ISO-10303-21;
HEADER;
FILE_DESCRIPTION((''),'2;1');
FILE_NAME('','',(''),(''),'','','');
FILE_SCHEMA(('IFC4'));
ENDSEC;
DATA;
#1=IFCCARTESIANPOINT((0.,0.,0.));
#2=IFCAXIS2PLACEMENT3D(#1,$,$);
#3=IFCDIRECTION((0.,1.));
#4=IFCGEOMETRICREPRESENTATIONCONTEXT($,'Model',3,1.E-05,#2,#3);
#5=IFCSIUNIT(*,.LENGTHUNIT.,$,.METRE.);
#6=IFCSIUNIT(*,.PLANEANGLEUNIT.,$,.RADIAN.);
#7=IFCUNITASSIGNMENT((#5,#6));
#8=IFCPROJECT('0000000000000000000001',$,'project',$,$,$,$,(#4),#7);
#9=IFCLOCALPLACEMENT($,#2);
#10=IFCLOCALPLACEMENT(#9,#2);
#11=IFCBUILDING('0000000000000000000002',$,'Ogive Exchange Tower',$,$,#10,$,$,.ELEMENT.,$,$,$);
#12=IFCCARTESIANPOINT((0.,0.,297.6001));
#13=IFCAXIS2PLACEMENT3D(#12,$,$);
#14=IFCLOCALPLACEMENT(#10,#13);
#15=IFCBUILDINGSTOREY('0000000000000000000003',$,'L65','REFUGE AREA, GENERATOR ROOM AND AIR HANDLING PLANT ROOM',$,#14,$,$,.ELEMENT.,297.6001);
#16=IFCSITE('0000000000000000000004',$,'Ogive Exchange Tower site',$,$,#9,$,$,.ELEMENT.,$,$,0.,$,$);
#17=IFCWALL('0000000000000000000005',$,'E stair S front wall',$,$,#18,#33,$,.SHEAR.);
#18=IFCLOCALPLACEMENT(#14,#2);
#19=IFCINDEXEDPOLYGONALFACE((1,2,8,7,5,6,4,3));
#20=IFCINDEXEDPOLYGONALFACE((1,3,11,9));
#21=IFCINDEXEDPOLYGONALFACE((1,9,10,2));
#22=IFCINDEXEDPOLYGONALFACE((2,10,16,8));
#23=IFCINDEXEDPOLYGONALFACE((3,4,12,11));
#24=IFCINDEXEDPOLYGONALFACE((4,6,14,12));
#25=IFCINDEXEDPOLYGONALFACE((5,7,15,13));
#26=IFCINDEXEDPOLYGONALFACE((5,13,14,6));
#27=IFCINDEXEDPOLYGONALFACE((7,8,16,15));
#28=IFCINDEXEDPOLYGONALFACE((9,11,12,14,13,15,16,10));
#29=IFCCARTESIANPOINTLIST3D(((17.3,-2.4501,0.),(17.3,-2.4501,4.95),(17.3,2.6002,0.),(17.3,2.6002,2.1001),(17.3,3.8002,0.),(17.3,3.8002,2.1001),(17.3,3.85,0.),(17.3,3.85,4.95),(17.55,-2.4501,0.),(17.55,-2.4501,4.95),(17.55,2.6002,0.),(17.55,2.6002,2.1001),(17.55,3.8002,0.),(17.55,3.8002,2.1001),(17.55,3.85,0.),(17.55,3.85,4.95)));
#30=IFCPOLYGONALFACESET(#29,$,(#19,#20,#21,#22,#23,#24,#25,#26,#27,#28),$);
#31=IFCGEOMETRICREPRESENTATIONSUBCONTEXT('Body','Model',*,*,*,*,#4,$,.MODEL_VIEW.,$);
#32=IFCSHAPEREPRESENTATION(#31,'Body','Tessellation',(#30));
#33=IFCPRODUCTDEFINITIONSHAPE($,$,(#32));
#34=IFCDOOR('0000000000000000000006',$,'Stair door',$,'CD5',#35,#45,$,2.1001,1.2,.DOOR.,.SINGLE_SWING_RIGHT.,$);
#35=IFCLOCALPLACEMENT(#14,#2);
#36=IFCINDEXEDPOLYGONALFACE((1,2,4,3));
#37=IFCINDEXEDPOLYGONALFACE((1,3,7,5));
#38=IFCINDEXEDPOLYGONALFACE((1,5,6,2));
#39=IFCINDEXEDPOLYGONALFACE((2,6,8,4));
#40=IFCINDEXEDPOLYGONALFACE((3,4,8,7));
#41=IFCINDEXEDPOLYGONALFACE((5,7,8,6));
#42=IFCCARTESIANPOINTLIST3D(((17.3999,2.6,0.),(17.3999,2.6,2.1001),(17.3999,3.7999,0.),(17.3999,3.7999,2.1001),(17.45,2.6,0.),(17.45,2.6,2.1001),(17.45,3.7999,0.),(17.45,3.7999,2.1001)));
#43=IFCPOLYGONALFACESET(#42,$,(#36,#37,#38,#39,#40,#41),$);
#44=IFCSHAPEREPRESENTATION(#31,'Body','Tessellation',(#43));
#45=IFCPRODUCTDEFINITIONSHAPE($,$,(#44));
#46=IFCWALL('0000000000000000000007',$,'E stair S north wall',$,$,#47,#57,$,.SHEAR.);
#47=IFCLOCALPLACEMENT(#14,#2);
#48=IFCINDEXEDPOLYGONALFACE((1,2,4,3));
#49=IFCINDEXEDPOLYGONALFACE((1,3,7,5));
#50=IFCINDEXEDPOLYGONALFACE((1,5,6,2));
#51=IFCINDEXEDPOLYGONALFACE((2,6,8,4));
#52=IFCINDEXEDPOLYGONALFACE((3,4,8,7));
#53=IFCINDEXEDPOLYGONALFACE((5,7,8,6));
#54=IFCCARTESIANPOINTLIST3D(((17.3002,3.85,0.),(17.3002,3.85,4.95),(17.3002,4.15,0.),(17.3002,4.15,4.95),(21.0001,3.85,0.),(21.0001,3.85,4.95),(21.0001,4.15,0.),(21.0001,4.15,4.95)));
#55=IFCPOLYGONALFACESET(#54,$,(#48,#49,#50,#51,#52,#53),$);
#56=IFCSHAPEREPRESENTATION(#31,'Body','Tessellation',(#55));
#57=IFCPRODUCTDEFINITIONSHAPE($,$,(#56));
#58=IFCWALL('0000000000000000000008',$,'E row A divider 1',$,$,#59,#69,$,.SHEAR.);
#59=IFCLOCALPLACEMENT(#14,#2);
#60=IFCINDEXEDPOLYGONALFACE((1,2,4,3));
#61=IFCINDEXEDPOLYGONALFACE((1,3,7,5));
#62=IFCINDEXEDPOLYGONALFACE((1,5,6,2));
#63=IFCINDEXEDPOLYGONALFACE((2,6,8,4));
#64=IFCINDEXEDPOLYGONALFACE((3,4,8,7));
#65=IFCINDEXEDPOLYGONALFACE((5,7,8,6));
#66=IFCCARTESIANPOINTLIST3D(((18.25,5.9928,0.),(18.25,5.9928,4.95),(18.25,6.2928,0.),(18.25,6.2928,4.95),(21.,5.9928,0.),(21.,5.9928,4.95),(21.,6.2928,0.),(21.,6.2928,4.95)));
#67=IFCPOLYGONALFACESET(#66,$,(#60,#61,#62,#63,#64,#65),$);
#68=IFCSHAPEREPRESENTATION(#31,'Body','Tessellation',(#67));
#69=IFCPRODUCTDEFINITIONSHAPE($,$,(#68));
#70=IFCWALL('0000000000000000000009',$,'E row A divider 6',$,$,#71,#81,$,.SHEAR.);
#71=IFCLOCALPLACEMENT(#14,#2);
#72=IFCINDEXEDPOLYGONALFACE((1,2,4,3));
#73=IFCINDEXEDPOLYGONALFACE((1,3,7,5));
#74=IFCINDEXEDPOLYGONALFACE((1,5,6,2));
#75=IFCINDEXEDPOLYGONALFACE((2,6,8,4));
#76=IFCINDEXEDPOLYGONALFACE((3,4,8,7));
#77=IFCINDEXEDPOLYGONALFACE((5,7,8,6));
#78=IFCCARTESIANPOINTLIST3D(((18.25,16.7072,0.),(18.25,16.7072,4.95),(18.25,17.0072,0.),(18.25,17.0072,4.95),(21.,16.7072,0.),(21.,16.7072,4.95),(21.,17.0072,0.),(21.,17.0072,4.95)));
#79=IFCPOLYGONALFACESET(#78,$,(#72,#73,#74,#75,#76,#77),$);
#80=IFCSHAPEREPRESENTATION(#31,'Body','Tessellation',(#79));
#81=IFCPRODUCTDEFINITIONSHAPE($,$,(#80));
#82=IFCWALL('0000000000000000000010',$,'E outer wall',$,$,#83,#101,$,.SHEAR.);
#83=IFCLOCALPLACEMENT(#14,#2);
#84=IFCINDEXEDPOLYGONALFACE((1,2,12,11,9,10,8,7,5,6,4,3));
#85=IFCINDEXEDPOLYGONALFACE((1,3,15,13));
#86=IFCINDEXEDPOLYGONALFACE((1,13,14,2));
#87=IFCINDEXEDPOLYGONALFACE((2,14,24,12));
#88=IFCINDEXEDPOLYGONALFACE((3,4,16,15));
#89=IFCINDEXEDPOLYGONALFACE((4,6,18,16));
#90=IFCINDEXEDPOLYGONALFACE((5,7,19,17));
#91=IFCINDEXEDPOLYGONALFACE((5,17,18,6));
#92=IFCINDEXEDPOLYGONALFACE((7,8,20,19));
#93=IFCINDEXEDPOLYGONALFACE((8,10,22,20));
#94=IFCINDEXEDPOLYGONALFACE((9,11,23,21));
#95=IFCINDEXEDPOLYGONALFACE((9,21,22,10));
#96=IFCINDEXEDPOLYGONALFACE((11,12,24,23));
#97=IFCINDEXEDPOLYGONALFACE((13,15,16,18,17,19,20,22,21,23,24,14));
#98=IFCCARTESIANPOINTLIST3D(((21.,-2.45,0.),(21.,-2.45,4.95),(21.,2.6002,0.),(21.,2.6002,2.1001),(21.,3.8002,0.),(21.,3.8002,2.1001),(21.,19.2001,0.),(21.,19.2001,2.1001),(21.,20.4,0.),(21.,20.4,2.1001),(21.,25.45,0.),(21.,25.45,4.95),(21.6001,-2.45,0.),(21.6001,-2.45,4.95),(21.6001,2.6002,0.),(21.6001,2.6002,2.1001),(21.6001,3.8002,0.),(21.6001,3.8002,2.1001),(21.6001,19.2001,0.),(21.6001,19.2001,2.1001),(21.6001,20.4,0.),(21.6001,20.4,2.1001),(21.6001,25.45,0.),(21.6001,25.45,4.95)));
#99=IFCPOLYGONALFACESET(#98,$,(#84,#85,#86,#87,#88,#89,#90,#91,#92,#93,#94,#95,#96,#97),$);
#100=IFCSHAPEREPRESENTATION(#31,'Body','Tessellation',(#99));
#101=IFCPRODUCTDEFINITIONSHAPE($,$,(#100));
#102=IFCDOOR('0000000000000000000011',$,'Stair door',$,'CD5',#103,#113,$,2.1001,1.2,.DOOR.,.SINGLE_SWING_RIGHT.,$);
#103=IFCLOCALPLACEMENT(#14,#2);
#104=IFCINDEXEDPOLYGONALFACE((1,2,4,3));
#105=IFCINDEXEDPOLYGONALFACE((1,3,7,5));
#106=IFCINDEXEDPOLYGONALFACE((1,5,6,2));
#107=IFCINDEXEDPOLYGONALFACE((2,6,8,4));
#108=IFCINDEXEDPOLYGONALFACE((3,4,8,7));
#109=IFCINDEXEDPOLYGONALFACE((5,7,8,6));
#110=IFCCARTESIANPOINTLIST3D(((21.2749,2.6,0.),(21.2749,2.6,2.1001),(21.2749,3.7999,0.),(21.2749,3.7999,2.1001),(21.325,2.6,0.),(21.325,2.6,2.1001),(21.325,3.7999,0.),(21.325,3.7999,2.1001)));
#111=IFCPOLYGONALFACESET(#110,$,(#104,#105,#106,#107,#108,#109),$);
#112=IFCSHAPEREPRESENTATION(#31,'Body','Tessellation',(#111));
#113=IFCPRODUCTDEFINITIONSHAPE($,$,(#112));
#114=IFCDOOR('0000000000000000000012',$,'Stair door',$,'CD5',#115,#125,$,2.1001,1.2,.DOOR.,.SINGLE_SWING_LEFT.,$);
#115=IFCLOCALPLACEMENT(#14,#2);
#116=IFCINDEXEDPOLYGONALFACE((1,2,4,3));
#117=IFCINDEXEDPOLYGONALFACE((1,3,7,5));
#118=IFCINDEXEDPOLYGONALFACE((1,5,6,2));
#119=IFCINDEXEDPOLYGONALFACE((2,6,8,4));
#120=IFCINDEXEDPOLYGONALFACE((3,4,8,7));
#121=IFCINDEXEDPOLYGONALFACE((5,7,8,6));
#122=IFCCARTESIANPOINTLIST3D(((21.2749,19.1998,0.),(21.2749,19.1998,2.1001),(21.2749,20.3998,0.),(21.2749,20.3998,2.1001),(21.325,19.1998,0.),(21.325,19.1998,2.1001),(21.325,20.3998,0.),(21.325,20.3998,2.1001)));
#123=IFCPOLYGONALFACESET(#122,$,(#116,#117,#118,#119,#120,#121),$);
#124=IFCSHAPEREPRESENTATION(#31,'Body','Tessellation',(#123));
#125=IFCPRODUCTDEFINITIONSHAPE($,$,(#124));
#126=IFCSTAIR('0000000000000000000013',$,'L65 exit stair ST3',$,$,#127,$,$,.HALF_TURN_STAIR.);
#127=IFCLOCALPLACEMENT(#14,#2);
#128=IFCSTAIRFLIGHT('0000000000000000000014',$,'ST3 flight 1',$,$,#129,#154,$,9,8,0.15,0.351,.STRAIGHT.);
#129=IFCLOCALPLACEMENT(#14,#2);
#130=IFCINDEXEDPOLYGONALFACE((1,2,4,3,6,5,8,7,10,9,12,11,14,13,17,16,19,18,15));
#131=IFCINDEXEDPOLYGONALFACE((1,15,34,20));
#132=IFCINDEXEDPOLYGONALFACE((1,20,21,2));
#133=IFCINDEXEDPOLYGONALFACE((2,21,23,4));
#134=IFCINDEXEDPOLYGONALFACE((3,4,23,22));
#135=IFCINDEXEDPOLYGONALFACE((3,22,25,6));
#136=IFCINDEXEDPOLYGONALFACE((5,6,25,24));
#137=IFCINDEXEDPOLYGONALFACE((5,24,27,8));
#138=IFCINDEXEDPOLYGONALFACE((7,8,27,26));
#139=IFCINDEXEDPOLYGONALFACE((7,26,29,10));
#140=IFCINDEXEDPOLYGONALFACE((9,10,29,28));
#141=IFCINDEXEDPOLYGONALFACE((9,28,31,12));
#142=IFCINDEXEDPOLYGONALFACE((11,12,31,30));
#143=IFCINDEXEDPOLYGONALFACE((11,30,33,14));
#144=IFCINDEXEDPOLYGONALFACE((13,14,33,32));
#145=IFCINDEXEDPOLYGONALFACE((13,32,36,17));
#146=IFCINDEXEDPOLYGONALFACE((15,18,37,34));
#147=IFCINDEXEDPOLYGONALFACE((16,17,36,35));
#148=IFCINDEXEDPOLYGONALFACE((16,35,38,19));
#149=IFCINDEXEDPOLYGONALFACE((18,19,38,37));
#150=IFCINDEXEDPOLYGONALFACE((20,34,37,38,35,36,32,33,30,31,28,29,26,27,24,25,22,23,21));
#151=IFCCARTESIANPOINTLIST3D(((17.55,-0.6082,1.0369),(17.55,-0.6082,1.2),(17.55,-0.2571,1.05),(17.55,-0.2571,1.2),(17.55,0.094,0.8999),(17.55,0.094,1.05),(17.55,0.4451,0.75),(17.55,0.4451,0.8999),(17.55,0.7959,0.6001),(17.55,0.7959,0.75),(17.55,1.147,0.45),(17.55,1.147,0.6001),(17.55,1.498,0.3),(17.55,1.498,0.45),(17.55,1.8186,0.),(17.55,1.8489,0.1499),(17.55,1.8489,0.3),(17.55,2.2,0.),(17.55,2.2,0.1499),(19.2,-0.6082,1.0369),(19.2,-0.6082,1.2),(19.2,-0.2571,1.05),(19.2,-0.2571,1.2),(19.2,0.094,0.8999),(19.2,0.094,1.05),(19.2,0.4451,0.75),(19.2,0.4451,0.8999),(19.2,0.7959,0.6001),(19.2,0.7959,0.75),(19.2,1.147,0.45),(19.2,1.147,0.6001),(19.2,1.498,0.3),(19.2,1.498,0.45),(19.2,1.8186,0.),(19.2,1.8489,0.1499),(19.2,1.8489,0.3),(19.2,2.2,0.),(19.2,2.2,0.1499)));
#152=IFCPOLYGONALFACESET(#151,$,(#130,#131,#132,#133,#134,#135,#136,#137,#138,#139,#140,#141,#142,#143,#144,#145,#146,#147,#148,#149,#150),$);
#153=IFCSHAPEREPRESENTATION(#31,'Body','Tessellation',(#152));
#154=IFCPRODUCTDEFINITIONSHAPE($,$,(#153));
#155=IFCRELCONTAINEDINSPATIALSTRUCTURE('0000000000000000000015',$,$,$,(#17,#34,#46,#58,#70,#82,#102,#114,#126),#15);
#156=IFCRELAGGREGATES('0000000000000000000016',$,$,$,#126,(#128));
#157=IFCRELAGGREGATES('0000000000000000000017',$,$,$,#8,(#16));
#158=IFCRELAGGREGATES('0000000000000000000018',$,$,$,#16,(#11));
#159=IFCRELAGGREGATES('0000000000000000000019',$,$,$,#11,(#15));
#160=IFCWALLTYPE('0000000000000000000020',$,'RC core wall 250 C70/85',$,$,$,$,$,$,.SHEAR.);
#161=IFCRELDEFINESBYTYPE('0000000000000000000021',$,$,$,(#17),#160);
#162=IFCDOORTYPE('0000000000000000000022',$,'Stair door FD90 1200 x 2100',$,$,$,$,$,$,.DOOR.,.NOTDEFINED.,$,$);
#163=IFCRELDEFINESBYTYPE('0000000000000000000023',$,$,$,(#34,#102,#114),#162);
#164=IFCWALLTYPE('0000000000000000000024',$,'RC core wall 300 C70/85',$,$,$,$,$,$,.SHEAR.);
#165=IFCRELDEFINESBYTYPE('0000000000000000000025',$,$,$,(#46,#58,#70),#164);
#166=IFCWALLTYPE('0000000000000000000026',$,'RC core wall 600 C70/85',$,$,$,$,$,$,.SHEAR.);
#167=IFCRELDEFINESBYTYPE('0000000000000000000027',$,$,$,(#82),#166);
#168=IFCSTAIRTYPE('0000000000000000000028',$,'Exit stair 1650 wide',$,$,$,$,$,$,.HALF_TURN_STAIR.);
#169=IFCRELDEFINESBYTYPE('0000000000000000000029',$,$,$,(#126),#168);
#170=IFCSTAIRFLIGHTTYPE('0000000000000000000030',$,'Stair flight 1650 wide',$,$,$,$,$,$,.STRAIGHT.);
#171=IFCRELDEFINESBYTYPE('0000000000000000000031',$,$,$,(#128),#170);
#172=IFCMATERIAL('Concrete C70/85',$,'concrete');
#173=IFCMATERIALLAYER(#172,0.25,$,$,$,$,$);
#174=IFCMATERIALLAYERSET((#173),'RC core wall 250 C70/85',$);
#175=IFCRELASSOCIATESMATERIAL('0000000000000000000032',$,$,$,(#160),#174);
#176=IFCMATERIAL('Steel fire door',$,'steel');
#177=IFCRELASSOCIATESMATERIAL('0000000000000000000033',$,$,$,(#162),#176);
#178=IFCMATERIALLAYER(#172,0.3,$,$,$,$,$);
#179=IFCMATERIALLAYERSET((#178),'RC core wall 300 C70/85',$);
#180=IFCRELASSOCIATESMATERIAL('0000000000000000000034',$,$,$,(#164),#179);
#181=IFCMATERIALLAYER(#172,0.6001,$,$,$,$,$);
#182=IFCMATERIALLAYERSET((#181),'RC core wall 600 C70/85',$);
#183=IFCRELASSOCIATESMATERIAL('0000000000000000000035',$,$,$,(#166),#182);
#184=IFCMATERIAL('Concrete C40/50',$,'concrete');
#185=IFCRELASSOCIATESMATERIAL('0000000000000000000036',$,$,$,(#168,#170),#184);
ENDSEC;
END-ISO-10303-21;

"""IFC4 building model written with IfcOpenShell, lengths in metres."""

from ifc_helpers import new_model, si_unit, direction, frame, frame_2d, origin, place, context, subcontext, project, spatial, polyline, rectangle, outline, extrude, material, layer, layer_set, type_object, element, fill, aggregate, save


model = new_model("IFC4")

# Units and contexts
model_context = context("Model", 3, precision=1e-05, world=origin(), true_north=direction((0.0, 1.0)))
body_context = subcontext(model_context, "Body", "Model", "MODEL_VIEW")
ifc_project = project(units=[si_unit("LENGTHUNIT", "METRE"), si_unit("PLANEANGLEUNIT", "RADIAN")], contexts=[model_context])

# Site, building, storey
site_placement = place(None, origin())
site = spatial("IfcSite", under=ifc_project, at=site_placement, Name="Ogive Exchange Tower site", CompositionType="ELEMENT", RefElevation=0.0)
building_placement = place(site_placement, origin())
building = spatial("IfcBuilding", under=site, at=building_placement, Name="Ogive Exchange Tower", CompositionType="ELEMENT")
storey_placement = place(building_placement, frame((0.0, 0.0, 297.6001)))
storey = spatial("IfcBuildingStorey", under=building, at=storey_placement, Name="L65", Description="REFUGE AREA, GENERATOR ROOM AND AIR HANDLING PLANT ROOM", CompositionType="ELEMENT", Elevation=297.6001)

# Wall, opening, door
ifc_material_1 = material(Name="Concrete C70/85", Category="concrete")
ifc_material_2 = material(Name="Steel fire door", Category="steel")
ifc_layer_1 = layer(ifc_material_1, 0.25)
ifc_layer_set_1 = layer_set([ifc_layer_1], Name="RC core wall 250 C70/85")
wall_type_1 = type_object("IfcWallType", Name="RC core wall 250 C70/85", PredefinedType="SHEAR", material=ifc_layer_set_1)
wall_1_placement = place(storey_placement, frame((17.425, -2.45, 0.0), z_axis=(0.0, 0.0, 1.0), x_axis=(0.0, 1.0, 0.0)))
wall_1 = element("IfcWall", 1, at=wall_1_placement, inside=storey, type_object=wall_type_1, Name="E stair S front wall", PredefinedType="SHEAR", context=body_context, shape_type="SweptSolid", body=[
    extrude(rectangle(XDim=6.3, YDim=0.25, at=frame_2d((3.1499, 0.0))), origin(), (0.0, 0.0, 1.0), 4.95),
])
opening_1_placement = place(wall_1_placement, frame((5.05, 0.0, 0.0)))
opening_1 = element("IfcOpeningElement", 2, at=opening_1_placement, cuts=wall_1, PredefinedType="OPENING", context=body_context, shape_type="SweptSolid", body=[
    extrude(rectangle(XDim=1.2, YDim=2.1001, at=frame_2d((0.6001, 1.05))), frame((0.0, 0.135, 0.0), z_axis=(0.0, -1.0, 0.0), x_axis=(1.0, 0.0, 0.0)), (0.0, 0.0, 1.0), 0.27),
])
door_type_1 = type_object("IfcDoorType", Name="Stair door FD90 1200 x 2100", OperationType="NOTDEFINED", PredefinedType="DOOR", material=ifc_material_2)
door_1_placement = place(opening_1_placement, frame((1.2, 0.0, 0.0), z_axis=(0.0, 0.0, 1.0), x_axis=(-1.0, 0.0, 0.0)))
door_1 = element("IfcDoor", 3, at=door_1_placement, inside=storey, type_object=door_type_1, Name="Stair door", ObjectType="CD5", OperationType="SINGLE_SWING_RIGHT", OverallHeight=2.1001, OverallWidth=1.2, PredefinedType="DOOR", context=body_context, shape_type="SweptSolid", body=[
    extrude(rectangle(XDim=1.2, YDim=2.1001, at=frame_2d((0.6001, 1.05))), frame((0.0, 0.0249, 0.0), z_axis=(0.0, -1.0, 0.0), x_axis=(1.0, 0.0, 0.0)), (0.0, 0.0, 1.0), 0.05),
])
fill(opening_1, door_1)

# Walls
ifc_layer_2 = layer(ifc_material_1, 0.3)
ifc_layer_set_2 = layer_set([ifc_layer_2], Name="RC core wall 300 C70/85")
wall_type_2 = type_object("IfcWallType", Name="RC core wall 300 C70/85", PredefinedType="SHEAR", material=ifc_layer_set_2)
wall_2_placement = place(storey_placement, frame((17.3, 4.0, 0.0), z_axis=(0.0, 0.0, 1.0), x_axis=(1.0, 0.0, 0.0)))
element("IfcWall", 4, at=wall_2_placement, inside=storey, type_object=wall_type_2, Name="E stair S north wall", PredefinedType="SHEAR", context=body_context, shape_type="SweptSolid", body=[
    extrude(rectangle(XDim=3.7, YDim=0.3, at=frame_2d((1.8501, 0.0))), origin(), (0.0, 0.0, 1.0), 4.95),
])
for number, where, z_axis, x_axis, name in (
    (5, (18.25, 6.1428, 0.0), (0.0, 0.0, 1.0), (1.0, 0.0, 0.0), "E row A divider 1"),
    (6, (18.25, 16.8572, 0.0), (0.0, 0.0, 1.0), (1.0, 0.0, 0.0), "E row A divider 6"),
):
    element("IfcWall", number, at=place(storey_placement, frame(where, z_axis=z_axis, x_axis=x_axis)), inside=storey, type_object=wall_type_2, Name=name, PredefinedType="SHEAR", context=body_context, shape_type="SweptSolid", body=[
        extrude(rectangle(XDim=2.75, YDim=0.3, at=frame_2d((1.375, 0.0))), origin(), (0.0, 0.0, 1.0), 4.95),
    ])

# Wall, openings, doors
ifc_layer_3 = layer(ifc_material_1, 0.6001)
ifc_layer_set_3 = layer_set([ifc_layer_3], Name="RC core wall 600 C70/85")
wall_type_3 = type_object("IfcWallType", Name="RC core wall 600 C70/85", PredefinedType="SHEAR", material=ifc_layer_set_3)
wall_3_placement = place(storey_placement, frame((21.3, -2.45, 0.0), z_axis=(0.0, 0.0, 1.0), x_axis=(0.0, 1.0, 0.0)))
wall_3 = element("IfcWall", 7, at=wall_3_placement, inside=storey, type_object=wall_type_3, Name="E outer wall", PredefinedType="SHEAR", context=body_context, shape_type="SweptSolid", body=[
    extrude(rectangle(XDim=27.8999, YDim=0.6001, at=frame_2d((13.95, 0.0))), origin(), (0.0, 0.0, 1.0), 4.95),
])
opening_2_placement = place(wall_3_placement, frame((5.05, 0.0, 0.0)))
opening_2 = element("IfcOpeningElement", 8, at=opening_2_placement, cuts=wall_3, PredefinedType="OPENING", context=body_context, shape_type="SweptSolid", body=[
    extrude(rectangle(XDim=1.2, YDim=2.1001, at=frame_2d((0.6001, 1.05))), frame((0.0, 0.3101, 0.0), z_axis=(0.0, -1.0, 0.0), x_axis=(1.0, 0.0, 0.0)), (0.0, 0.0, 1.0), 0.6201),
])
opening_3_placement = place(wall_3_placement, frame((21.6499, 0.0, 0.0)))
opening_3 = element("IfcOpeningElement", 9, at=opening_3_placement, cuts=wall_3, PredefinedType="OPENING", context=body_context, shape_type="SweptSolid", body=[
    extrude(rectangle(XDim=1.2, YDim=2.1001, at=frame_2d((0.6001, 1.05))), frame((0.0, 0.3101, 0.0), z_axis=(0.0, -1.0, 0.0), x_axis=(1.0, 0.0, 0.0)), (0.0, 0.0, 1.0), 0.6201),
])
door_2_placement = place(opening_2_placement, frame((1.2, 0.0, 0.0), z_axis=(0.0, 0.0, 1.0), x_axis=(-1.0, 0.0, 0.0)))
door_2 = element("IfcDoor", 10, at=door_2_placement, inside=storey, type_object=door_type_1, Name="Stair door", ObjectType="CD5", OperationType="SINGLE_SWING_RIGHT", OverallHeight=2.1001, OverallWidth=1.2, PredefinedType="DOOR", context=body_context, shape_type="SweptSolid", body=[
    extrude(rectangle(XDim=1.2, YDim=2.1001, at=frame_2d((0.6001, 1.05))), frame((0.0, 0.0249, 0.0), z_axis=(0.0, -1.0, 0.0), x_axis=(1.0, 0.0, 0.0)), (0.0, 0.0, 1.0), 0.05),
])
fill(opening_2, door_2)
door_3_placement = place(opening_3_placement, frame((1.2, 0.0, 0.0), z_axis=(0.0, 0.0, 1.0), x_axis=(-1.0, 0.0, 0.0)))
door_3 = element("IfcDoor", 11, at=door_3_placement, inside=storey, type_object=door_type_1, Name="Stair door", ObjectType="CD5", OperationType="SINGLE_SWING_LEFT", OverallHeight=2.1001, OverallWidth=1.2, PredefinedType="DOOR", context=body_context, shape_type="SweptSolid", body=[
    extrude(rectangle(XDim=1.2, YDim=2.1001, at=frame_2d((0.6001, 1.05))), frame((0.0, 0.0249, 0.0), z_axis=(0.0, -1.0, 0.0), x_axis=(1.0, 0.0, 0.0)), (0.0, 0.0, 1.0), 0.05),
])
fill(opening_3, door_3)

# Stair, stair flight
ifc_material_3 = material(Name="Concrete C40/50", Category="concrete")
stair_type = type_object("IfcStairType", Name="Exit stair 1650 wide", PredefinedType="HALF_TURN_STAIR", material=ifc_material_3)
stair_placement = place(storey_placement, origin())
stair = element("IfcStair", 12, at=stair_placement, inside=storey, type_object=stair_type, Name="L65 exit stair ST3", PredefinedType="HALF_TURN_STAIR")
stair_flight_type = type_object("IfcStairFlightType", Name="Stair flight 1650 wide", PredefinedType="STRAIGHT", material=ifc_material_3)
stair_flight_1_placement = place(storey_placement, frame((18.375, 2.2, 0.0), z_axis=(0.0, 0.0, 1.0), x_axis=(0.0, -1.0, 0.0)))
stair_flight_1 = element("IfcStairFlight", 13, at=stair_flight_1_placement, type_object=stair_flight_type, Name="ST3 flight 1", NumberOfRisers=9, NumberOfTreads=8, PredefinedType="STRAIGHT", RiserHeight=0.15, TreadLength=0.351, context=body_context, shape_type="SweptSolid", body=[
    extrude(outline(polyline([(0.0, 0.0), (0.0, 0.1499), (0.3511, 0.1499), (0.3511, 0.3), (0.7019, 0.3), (0.7019, 0.45), (1.053, 0.45), (1.053, 0.6001), (1.4041, 0.6001), (1.4041, 0.75), (1.7549, 0.75), (1.7549, 0.8999), (2.106, 0.8999), (2.106, 1.05), (2.457, 1.05), (2.457, 1.2), (2.8081, 1.2), (2.8081, 1.3501), (2.8081, 1.0369), (0.3813, 0.0), (0.0, 0.0)])), frame((0.0, 0.825, 0.0), z_axis=(0.0, -1.0, 0.0), x_axis=(1.0, 0.0, 0.0)), (0.0, 0.0, 1.0), 1.6499),
])
aggregate(stair, [stair_flight_1])

save(model, "model.ifc")
